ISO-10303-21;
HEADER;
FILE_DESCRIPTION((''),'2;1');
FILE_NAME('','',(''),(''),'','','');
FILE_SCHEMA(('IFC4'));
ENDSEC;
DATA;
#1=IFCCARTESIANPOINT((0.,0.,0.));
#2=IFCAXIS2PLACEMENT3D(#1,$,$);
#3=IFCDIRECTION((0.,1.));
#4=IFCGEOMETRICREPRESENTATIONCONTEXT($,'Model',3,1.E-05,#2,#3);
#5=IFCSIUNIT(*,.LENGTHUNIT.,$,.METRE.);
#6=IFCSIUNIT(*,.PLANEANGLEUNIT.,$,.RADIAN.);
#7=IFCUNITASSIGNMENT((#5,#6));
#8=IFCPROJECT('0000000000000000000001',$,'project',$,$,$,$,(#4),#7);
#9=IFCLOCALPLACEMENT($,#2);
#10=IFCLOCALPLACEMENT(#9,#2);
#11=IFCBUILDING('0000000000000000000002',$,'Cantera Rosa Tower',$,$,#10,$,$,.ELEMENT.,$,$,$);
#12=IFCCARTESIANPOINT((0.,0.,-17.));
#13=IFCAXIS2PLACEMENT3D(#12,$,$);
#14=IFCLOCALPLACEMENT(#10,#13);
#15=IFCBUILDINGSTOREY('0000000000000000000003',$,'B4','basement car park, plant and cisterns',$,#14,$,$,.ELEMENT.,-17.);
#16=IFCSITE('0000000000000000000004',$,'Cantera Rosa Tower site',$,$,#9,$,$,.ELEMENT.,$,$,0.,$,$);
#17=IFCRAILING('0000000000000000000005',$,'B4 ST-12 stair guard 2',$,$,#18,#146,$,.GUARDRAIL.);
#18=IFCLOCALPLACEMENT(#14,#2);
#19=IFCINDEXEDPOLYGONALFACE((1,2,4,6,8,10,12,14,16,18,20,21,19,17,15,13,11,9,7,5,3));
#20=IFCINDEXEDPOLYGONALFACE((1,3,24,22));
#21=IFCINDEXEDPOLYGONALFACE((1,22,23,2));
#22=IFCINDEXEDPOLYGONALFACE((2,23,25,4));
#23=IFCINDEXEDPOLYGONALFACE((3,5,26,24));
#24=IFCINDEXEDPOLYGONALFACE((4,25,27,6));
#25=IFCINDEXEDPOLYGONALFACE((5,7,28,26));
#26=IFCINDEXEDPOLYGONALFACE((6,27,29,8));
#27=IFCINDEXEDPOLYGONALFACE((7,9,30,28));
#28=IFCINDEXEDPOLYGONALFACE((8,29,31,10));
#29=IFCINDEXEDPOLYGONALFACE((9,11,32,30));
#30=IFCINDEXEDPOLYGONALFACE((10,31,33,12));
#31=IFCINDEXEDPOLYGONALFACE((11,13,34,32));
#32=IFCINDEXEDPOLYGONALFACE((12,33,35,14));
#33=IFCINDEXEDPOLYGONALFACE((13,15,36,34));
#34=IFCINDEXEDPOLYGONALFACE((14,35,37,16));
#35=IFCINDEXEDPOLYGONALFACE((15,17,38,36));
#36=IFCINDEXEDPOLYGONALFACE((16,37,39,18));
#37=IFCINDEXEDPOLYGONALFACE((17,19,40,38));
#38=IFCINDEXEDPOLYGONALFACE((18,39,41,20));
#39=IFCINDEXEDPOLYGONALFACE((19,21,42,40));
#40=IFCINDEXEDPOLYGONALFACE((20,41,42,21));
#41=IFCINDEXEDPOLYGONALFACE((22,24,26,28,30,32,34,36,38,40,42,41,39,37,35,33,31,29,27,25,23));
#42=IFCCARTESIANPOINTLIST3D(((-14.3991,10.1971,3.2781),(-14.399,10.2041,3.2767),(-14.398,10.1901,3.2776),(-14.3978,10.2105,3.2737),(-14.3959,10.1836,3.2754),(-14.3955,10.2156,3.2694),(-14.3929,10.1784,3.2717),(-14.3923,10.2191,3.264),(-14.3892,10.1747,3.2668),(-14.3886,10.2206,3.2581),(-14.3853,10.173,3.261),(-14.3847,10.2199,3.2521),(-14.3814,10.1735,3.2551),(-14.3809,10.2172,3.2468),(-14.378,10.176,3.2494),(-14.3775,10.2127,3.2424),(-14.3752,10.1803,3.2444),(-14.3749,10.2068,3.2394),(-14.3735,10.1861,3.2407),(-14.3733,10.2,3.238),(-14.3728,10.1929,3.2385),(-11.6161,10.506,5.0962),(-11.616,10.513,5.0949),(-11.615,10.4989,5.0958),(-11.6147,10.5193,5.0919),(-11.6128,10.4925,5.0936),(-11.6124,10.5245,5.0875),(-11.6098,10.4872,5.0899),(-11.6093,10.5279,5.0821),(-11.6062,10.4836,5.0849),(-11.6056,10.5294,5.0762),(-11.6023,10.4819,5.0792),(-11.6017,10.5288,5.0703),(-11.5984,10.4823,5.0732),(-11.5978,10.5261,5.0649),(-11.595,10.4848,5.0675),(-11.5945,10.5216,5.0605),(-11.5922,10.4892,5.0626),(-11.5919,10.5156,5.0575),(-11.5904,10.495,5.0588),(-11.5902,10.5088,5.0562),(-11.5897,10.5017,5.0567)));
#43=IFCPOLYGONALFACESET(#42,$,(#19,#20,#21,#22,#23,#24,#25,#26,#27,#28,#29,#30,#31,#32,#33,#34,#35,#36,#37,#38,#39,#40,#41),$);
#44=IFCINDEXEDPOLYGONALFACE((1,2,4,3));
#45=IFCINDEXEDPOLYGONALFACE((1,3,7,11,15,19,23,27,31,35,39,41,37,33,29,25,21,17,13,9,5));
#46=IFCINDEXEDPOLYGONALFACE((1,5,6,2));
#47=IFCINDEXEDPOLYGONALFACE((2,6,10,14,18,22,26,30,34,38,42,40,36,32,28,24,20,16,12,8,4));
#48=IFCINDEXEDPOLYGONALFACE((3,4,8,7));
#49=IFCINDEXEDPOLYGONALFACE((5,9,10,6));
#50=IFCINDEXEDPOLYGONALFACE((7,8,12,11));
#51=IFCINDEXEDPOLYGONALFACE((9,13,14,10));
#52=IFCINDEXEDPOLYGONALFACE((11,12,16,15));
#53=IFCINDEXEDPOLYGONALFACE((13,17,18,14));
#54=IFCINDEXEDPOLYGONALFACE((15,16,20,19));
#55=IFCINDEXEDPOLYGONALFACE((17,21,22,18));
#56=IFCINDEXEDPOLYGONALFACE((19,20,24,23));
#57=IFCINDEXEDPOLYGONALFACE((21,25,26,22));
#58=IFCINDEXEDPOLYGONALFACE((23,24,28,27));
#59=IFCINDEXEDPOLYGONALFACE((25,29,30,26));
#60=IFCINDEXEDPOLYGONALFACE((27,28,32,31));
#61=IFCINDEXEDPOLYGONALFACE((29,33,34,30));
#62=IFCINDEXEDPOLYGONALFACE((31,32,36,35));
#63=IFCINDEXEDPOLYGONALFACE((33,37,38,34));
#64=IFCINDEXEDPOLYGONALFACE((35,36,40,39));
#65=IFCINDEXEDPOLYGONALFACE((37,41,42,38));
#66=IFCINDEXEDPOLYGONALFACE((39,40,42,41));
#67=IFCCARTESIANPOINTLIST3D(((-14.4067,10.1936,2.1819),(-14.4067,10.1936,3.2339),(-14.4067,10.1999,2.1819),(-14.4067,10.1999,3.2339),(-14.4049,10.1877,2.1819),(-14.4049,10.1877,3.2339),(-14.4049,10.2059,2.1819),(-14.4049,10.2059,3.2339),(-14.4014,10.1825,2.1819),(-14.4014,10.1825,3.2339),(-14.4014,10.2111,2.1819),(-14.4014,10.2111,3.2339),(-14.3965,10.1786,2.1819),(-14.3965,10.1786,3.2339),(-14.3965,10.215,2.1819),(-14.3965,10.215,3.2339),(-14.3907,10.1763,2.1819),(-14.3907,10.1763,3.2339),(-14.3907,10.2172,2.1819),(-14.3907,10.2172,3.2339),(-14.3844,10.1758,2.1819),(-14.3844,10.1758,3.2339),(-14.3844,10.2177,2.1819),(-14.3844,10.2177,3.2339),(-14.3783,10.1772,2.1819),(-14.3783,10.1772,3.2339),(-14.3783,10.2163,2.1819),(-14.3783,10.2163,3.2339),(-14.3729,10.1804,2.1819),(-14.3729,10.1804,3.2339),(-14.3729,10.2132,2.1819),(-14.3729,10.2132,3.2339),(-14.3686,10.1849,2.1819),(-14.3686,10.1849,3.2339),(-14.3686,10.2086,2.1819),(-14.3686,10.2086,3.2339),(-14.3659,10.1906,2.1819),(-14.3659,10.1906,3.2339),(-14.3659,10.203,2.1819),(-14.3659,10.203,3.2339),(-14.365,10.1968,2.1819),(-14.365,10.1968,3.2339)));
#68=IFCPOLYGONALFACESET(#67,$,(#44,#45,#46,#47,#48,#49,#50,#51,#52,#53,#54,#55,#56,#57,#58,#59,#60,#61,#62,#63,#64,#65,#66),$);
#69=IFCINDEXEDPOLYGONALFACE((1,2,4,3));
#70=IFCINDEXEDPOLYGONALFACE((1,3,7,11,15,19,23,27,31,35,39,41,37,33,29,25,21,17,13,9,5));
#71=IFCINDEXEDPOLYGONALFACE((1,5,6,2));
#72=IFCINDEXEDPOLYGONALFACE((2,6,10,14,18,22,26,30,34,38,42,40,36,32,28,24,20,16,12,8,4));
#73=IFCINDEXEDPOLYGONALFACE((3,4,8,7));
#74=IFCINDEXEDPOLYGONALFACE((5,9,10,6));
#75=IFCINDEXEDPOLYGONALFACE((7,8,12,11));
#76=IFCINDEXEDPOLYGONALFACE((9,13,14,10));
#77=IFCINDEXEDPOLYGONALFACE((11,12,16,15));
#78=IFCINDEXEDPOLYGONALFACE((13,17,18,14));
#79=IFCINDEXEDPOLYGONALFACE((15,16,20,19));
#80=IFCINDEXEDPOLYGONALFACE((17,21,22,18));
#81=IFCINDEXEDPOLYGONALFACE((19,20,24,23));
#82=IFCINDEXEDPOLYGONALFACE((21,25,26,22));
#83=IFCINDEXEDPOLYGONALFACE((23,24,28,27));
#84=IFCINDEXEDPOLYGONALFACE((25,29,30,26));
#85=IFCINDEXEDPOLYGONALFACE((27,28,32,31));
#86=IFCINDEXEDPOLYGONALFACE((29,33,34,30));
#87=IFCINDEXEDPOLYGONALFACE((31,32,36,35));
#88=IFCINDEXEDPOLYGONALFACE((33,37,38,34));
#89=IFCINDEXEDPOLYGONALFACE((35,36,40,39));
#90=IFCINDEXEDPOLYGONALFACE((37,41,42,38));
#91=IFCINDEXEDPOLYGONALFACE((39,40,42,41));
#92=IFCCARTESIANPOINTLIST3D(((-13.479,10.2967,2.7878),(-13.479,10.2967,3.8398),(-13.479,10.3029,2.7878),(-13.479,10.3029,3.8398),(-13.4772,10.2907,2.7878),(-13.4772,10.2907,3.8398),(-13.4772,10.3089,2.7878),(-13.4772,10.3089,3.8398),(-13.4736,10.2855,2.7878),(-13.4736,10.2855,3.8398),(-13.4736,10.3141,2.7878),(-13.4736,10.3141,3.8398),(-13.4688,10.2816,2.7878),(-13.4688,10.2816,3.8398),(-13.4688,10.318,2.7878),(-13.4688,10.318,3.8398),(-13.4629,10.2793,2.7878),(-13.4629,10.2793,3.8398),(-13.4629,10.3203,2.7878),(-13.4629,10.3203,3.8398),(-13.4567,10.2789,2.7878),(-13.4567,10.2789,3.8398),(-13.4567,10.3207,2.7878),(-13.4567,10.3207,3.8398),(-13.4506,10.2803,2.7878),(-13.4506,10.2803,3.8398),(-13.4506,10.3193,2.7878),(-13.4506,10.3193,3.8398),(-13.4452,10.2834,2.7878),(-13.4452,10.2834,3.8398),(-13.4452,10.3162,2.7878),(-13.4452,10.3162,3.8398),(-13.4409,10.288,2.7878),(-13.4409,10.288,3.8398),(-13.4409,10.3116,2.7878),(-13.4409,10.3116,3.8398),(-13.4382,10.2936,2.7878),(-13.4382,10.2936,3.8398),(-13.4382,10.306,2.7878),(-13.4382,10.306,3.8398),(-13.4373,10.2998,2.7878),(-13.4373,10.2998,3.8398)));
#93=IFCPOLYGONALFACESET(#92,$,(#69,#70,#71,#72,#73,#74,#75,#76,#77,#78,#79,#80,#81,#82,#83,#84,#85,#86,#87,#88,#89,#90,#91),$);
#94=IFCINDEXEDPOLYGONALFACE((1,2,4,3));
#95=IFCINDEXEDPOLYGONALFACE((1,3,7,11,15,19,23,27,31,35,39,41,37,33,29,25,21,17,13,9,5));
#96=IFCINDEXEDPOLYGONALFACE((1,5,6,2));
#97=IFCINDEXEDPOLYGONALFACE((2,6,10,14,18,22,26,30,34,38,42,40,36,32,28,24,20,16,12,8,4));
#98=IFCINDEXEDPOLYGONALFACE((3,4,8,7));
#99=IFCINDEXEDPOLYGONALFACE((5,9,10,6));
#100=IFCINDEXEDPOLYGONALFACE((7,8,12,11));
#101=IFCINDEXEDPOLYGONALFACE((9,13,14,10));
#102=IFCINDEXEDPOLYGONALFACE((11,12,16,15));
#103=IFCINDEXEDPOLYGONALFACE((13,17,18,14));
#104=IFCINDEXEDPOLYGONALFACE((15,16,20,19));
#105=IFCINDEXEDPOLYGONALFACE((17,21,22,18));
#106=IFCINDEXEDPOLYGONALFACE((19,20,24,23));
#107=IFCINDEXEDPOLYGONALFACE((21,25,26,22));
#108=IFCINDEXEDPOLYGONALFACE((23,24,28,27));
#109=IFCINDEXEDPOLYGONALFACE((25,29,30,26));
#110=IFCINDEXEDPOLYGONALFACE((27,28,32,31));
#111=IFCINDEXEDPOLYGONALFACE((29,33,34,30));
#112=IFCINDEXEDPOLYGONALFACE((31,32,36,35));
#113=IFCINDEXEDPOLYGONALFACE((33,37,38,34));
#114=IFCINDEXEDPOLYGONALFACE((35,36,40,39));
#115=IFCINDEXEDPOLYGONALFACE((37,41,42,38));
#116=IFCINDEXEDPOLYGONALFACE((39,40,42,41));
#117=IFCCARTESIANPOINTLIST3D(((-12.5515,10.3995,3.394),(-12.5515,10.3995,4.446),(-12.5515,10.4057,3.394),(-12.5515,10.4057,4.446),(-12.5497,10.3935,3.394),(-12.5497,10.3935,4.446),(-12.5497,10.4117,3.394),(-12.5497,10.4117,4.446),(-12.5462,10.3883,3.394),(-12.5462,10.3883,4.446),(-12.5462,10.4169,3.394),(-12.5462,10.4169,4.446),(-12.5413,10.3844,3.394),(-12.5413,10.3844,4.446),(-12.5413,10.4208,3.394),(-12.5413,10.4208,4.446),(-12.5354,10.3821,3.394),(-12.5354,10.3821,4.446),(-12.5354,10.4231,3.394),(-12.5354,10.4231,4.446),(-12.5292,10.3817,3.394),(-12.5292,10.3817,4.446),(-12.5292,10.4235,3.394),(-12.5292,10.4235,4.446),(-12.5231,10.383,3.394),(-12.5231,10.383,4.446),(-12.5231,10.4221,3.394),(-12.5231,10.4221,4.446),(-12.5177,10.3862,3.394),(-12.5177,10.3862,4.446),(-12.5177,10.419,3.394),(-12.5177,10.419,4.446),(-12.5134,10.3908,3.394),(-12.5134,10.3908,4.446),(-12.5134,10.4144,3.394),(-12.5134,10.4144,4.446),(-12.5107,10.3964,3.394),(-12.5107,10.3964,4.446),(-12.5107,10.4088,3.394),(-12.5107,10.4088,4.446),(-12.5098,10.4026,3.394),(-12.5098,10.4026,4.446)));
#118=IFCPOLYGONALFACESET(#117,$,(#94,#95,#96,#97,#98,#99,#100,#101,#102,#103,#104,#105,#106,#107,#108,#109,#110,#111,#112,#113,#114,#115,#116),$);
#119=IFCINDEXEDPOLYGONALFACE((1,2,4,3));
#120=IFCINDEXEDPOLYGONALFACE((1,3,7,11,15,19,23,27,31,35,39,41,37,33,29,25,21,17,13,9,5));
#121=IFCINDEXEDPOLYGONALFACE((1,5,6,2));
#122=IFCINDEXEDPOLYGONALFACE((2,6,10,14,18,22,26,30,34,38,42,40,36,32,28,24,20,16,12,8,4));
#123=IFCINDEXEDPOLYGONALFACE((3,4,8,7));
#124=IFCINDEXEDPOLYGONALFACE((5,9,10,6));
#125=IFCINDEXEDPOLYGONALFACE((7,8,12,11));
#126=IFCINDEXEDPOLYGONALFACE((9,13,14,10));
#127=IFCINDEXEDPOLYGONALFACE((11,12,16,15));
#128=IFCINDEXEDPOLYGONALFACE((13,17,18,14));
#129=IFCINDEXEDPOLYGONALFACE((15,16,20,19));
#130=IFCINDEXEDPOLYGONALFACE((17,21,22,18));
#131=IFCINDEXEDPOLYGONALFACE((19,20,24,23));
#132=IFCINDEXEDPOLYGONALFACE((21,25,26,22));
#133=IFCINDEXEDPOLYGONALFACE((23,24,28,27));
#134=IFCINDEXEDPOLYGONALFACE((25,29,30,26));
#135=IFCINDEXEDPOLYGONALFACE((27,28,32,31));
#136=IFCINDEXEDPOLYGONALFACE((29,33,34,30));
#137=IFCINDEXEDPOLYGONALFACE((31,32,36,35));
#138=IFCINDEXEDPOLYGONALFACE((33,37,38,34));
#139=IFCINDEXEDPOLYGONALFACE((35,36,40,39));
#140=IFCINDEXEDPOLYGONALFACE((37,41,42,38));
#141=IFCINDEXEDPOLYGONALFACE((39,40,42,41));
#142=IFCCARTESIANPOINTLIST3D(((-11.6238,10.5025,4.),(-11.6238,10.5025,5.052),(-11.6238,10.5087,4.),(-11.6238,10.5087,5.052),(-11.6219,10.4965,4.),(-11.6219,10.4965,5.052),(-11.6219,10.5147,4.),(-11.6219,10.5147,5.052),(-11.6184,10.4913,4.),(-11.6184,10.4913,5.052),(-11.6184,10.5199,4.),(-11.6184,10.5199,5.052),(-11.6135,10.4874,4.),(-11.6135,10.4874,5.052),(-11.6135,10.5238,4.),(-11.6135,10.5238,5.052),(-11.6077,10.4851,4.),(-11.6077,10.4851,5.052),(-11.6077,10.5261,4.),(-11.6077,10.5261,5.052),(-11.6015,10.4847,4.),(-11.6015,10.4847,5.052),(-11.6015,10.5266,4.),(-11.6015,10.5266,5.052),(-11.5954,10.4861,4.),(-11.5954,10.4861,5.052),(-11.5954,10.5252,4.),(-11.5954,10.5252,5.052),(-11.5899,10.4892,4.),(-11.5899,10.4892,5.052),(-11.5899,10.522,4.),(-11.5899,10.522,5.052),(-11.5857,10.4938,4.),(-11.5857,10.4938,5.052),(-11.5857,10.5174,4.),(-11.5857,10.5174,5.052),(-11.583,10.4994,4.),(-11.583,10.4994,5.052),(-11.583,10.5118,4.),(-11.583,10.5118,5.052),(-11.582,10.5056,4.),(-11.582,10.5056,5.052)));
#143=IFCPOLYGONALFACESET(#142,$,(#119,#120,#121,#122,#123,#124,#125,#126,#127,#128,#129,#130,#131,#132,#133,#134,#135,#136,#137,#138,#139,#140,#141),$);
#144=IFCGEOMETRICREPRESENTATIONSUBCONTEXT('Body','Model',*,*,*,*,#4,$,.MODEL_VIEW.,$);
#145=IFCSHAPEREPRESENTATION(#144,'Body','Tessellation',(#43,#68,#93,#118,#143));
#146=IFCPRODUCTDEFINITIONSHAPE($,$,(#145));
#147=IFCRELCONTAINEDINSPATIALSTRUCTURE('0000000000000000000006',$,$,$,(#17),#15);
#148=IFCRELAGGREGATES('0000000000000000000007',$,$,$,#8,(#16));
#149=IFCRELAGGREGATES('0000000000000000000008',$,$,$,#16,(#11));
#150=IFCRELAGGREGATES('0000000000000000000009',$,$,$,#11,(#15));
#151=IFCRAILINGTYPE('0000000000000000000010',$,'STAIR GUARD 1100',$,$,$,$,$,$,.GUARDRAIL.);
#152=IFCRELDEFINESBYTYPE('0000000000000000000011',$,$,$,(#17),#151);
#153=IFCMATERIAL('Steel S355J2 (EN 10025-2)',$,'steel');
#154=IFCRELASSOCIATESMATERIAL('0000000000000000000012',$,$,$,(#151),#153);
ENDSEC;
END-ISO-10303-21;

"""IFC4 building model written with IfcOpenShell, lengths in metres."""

from ifc_helpers import new_model, si_unit, direction, frame, origin, origin_2d, place, context, subcontext, project, spatial, circle, extrude, material, type_object, element, save


model = new_model("IFC4")

# Units and contexts
model_context = context("Model", 3, precision=1e-05, world=origin(), true_north=direction((0.0, 1.0)))
body_context = subcontext(model_context, "Body", "Model", "MODEL_VIEW")
ifc_project = project(units=[si_unit("LENGTHUNIT", "METRE"), si_unit("PLANEANGLEUNIT", "RADIAN")], contexts=[model_context])

# Site, building, storey
site_placement = place(None, origin())
site = spatial("IfcSite", under=ifc_project, at=site_placement, Name="Cantera Rosa Tower site", CompositionType="ELEMENT", RefElevation=0.0)
building_placement = place(site_placement, origin())
building = spatial("IfcBuilding", under=site, at=building_placement, Name="Cantera Rosa Tower", CompositionType="ELEMENT")
storey_placement = place(building_placement, frame((0.0, 0.0, -17.0)))
storey = spatial("IfcBuildingStorey", under=building, at=storey_placement, Name="B4", Description="basement car park, plant and cisterns", CompositionType="ELEMENT", Elevation=-17.0)

# Railing
ifc_material_1 = material(Name="Steel S355J2 (EN 10025-2)", Category="steel")
railing_type_1 = type_object("IfcRailingType", Name="STAIR GUARD 1100", PredefinedType="GUARDRAIL", material=ifc_material_1)
railing_1_placement = place(storey_placement, frame((-14.386, 10.1968, 2.1819)))
element("IfcRailing", 1, at=railing_1_placement, inside=storey, type_object=railing_type_1, Name="B4 ST-12 stair guard 2", PredefinedType="GUARDRAIL", context=body_context, shape_type="SweptSolid", body=[
    extrude(circle(Radius=0.0239, at=origin_2d()), frame((0.0, 0.0, 1.0762), z_axis=(0.833588, 0.092507, 0.544586), x_axis=(-0.110298, 0.993899, 0.0)), (0.0, 0.0, 1.0), 3.3386),
    extrude(circle(Radius=0.021, at=origin_2d()), origin(), (0.0, 0.0, 1.0), 1.052),
    extrude(circle(Radius=0.021, at=origin_2d()), frame((0.9277, 0.103, 0.606)), (0.0, 0.0, 1.0), 1.052),
    extrude(circle(Radius=0.021, at=origin_2d()), frame((1.8552, 0.2058, 1.2122)), (0.0, 0.0, 1.0), 1.052),
    extrude(circle(Radius=0.021, at=origin_2d()), frame((2.783, 0.3088, 1.8181)), (0.0, 0.0, 1.0), 1.052),
])

save(model, "model.ifc")
